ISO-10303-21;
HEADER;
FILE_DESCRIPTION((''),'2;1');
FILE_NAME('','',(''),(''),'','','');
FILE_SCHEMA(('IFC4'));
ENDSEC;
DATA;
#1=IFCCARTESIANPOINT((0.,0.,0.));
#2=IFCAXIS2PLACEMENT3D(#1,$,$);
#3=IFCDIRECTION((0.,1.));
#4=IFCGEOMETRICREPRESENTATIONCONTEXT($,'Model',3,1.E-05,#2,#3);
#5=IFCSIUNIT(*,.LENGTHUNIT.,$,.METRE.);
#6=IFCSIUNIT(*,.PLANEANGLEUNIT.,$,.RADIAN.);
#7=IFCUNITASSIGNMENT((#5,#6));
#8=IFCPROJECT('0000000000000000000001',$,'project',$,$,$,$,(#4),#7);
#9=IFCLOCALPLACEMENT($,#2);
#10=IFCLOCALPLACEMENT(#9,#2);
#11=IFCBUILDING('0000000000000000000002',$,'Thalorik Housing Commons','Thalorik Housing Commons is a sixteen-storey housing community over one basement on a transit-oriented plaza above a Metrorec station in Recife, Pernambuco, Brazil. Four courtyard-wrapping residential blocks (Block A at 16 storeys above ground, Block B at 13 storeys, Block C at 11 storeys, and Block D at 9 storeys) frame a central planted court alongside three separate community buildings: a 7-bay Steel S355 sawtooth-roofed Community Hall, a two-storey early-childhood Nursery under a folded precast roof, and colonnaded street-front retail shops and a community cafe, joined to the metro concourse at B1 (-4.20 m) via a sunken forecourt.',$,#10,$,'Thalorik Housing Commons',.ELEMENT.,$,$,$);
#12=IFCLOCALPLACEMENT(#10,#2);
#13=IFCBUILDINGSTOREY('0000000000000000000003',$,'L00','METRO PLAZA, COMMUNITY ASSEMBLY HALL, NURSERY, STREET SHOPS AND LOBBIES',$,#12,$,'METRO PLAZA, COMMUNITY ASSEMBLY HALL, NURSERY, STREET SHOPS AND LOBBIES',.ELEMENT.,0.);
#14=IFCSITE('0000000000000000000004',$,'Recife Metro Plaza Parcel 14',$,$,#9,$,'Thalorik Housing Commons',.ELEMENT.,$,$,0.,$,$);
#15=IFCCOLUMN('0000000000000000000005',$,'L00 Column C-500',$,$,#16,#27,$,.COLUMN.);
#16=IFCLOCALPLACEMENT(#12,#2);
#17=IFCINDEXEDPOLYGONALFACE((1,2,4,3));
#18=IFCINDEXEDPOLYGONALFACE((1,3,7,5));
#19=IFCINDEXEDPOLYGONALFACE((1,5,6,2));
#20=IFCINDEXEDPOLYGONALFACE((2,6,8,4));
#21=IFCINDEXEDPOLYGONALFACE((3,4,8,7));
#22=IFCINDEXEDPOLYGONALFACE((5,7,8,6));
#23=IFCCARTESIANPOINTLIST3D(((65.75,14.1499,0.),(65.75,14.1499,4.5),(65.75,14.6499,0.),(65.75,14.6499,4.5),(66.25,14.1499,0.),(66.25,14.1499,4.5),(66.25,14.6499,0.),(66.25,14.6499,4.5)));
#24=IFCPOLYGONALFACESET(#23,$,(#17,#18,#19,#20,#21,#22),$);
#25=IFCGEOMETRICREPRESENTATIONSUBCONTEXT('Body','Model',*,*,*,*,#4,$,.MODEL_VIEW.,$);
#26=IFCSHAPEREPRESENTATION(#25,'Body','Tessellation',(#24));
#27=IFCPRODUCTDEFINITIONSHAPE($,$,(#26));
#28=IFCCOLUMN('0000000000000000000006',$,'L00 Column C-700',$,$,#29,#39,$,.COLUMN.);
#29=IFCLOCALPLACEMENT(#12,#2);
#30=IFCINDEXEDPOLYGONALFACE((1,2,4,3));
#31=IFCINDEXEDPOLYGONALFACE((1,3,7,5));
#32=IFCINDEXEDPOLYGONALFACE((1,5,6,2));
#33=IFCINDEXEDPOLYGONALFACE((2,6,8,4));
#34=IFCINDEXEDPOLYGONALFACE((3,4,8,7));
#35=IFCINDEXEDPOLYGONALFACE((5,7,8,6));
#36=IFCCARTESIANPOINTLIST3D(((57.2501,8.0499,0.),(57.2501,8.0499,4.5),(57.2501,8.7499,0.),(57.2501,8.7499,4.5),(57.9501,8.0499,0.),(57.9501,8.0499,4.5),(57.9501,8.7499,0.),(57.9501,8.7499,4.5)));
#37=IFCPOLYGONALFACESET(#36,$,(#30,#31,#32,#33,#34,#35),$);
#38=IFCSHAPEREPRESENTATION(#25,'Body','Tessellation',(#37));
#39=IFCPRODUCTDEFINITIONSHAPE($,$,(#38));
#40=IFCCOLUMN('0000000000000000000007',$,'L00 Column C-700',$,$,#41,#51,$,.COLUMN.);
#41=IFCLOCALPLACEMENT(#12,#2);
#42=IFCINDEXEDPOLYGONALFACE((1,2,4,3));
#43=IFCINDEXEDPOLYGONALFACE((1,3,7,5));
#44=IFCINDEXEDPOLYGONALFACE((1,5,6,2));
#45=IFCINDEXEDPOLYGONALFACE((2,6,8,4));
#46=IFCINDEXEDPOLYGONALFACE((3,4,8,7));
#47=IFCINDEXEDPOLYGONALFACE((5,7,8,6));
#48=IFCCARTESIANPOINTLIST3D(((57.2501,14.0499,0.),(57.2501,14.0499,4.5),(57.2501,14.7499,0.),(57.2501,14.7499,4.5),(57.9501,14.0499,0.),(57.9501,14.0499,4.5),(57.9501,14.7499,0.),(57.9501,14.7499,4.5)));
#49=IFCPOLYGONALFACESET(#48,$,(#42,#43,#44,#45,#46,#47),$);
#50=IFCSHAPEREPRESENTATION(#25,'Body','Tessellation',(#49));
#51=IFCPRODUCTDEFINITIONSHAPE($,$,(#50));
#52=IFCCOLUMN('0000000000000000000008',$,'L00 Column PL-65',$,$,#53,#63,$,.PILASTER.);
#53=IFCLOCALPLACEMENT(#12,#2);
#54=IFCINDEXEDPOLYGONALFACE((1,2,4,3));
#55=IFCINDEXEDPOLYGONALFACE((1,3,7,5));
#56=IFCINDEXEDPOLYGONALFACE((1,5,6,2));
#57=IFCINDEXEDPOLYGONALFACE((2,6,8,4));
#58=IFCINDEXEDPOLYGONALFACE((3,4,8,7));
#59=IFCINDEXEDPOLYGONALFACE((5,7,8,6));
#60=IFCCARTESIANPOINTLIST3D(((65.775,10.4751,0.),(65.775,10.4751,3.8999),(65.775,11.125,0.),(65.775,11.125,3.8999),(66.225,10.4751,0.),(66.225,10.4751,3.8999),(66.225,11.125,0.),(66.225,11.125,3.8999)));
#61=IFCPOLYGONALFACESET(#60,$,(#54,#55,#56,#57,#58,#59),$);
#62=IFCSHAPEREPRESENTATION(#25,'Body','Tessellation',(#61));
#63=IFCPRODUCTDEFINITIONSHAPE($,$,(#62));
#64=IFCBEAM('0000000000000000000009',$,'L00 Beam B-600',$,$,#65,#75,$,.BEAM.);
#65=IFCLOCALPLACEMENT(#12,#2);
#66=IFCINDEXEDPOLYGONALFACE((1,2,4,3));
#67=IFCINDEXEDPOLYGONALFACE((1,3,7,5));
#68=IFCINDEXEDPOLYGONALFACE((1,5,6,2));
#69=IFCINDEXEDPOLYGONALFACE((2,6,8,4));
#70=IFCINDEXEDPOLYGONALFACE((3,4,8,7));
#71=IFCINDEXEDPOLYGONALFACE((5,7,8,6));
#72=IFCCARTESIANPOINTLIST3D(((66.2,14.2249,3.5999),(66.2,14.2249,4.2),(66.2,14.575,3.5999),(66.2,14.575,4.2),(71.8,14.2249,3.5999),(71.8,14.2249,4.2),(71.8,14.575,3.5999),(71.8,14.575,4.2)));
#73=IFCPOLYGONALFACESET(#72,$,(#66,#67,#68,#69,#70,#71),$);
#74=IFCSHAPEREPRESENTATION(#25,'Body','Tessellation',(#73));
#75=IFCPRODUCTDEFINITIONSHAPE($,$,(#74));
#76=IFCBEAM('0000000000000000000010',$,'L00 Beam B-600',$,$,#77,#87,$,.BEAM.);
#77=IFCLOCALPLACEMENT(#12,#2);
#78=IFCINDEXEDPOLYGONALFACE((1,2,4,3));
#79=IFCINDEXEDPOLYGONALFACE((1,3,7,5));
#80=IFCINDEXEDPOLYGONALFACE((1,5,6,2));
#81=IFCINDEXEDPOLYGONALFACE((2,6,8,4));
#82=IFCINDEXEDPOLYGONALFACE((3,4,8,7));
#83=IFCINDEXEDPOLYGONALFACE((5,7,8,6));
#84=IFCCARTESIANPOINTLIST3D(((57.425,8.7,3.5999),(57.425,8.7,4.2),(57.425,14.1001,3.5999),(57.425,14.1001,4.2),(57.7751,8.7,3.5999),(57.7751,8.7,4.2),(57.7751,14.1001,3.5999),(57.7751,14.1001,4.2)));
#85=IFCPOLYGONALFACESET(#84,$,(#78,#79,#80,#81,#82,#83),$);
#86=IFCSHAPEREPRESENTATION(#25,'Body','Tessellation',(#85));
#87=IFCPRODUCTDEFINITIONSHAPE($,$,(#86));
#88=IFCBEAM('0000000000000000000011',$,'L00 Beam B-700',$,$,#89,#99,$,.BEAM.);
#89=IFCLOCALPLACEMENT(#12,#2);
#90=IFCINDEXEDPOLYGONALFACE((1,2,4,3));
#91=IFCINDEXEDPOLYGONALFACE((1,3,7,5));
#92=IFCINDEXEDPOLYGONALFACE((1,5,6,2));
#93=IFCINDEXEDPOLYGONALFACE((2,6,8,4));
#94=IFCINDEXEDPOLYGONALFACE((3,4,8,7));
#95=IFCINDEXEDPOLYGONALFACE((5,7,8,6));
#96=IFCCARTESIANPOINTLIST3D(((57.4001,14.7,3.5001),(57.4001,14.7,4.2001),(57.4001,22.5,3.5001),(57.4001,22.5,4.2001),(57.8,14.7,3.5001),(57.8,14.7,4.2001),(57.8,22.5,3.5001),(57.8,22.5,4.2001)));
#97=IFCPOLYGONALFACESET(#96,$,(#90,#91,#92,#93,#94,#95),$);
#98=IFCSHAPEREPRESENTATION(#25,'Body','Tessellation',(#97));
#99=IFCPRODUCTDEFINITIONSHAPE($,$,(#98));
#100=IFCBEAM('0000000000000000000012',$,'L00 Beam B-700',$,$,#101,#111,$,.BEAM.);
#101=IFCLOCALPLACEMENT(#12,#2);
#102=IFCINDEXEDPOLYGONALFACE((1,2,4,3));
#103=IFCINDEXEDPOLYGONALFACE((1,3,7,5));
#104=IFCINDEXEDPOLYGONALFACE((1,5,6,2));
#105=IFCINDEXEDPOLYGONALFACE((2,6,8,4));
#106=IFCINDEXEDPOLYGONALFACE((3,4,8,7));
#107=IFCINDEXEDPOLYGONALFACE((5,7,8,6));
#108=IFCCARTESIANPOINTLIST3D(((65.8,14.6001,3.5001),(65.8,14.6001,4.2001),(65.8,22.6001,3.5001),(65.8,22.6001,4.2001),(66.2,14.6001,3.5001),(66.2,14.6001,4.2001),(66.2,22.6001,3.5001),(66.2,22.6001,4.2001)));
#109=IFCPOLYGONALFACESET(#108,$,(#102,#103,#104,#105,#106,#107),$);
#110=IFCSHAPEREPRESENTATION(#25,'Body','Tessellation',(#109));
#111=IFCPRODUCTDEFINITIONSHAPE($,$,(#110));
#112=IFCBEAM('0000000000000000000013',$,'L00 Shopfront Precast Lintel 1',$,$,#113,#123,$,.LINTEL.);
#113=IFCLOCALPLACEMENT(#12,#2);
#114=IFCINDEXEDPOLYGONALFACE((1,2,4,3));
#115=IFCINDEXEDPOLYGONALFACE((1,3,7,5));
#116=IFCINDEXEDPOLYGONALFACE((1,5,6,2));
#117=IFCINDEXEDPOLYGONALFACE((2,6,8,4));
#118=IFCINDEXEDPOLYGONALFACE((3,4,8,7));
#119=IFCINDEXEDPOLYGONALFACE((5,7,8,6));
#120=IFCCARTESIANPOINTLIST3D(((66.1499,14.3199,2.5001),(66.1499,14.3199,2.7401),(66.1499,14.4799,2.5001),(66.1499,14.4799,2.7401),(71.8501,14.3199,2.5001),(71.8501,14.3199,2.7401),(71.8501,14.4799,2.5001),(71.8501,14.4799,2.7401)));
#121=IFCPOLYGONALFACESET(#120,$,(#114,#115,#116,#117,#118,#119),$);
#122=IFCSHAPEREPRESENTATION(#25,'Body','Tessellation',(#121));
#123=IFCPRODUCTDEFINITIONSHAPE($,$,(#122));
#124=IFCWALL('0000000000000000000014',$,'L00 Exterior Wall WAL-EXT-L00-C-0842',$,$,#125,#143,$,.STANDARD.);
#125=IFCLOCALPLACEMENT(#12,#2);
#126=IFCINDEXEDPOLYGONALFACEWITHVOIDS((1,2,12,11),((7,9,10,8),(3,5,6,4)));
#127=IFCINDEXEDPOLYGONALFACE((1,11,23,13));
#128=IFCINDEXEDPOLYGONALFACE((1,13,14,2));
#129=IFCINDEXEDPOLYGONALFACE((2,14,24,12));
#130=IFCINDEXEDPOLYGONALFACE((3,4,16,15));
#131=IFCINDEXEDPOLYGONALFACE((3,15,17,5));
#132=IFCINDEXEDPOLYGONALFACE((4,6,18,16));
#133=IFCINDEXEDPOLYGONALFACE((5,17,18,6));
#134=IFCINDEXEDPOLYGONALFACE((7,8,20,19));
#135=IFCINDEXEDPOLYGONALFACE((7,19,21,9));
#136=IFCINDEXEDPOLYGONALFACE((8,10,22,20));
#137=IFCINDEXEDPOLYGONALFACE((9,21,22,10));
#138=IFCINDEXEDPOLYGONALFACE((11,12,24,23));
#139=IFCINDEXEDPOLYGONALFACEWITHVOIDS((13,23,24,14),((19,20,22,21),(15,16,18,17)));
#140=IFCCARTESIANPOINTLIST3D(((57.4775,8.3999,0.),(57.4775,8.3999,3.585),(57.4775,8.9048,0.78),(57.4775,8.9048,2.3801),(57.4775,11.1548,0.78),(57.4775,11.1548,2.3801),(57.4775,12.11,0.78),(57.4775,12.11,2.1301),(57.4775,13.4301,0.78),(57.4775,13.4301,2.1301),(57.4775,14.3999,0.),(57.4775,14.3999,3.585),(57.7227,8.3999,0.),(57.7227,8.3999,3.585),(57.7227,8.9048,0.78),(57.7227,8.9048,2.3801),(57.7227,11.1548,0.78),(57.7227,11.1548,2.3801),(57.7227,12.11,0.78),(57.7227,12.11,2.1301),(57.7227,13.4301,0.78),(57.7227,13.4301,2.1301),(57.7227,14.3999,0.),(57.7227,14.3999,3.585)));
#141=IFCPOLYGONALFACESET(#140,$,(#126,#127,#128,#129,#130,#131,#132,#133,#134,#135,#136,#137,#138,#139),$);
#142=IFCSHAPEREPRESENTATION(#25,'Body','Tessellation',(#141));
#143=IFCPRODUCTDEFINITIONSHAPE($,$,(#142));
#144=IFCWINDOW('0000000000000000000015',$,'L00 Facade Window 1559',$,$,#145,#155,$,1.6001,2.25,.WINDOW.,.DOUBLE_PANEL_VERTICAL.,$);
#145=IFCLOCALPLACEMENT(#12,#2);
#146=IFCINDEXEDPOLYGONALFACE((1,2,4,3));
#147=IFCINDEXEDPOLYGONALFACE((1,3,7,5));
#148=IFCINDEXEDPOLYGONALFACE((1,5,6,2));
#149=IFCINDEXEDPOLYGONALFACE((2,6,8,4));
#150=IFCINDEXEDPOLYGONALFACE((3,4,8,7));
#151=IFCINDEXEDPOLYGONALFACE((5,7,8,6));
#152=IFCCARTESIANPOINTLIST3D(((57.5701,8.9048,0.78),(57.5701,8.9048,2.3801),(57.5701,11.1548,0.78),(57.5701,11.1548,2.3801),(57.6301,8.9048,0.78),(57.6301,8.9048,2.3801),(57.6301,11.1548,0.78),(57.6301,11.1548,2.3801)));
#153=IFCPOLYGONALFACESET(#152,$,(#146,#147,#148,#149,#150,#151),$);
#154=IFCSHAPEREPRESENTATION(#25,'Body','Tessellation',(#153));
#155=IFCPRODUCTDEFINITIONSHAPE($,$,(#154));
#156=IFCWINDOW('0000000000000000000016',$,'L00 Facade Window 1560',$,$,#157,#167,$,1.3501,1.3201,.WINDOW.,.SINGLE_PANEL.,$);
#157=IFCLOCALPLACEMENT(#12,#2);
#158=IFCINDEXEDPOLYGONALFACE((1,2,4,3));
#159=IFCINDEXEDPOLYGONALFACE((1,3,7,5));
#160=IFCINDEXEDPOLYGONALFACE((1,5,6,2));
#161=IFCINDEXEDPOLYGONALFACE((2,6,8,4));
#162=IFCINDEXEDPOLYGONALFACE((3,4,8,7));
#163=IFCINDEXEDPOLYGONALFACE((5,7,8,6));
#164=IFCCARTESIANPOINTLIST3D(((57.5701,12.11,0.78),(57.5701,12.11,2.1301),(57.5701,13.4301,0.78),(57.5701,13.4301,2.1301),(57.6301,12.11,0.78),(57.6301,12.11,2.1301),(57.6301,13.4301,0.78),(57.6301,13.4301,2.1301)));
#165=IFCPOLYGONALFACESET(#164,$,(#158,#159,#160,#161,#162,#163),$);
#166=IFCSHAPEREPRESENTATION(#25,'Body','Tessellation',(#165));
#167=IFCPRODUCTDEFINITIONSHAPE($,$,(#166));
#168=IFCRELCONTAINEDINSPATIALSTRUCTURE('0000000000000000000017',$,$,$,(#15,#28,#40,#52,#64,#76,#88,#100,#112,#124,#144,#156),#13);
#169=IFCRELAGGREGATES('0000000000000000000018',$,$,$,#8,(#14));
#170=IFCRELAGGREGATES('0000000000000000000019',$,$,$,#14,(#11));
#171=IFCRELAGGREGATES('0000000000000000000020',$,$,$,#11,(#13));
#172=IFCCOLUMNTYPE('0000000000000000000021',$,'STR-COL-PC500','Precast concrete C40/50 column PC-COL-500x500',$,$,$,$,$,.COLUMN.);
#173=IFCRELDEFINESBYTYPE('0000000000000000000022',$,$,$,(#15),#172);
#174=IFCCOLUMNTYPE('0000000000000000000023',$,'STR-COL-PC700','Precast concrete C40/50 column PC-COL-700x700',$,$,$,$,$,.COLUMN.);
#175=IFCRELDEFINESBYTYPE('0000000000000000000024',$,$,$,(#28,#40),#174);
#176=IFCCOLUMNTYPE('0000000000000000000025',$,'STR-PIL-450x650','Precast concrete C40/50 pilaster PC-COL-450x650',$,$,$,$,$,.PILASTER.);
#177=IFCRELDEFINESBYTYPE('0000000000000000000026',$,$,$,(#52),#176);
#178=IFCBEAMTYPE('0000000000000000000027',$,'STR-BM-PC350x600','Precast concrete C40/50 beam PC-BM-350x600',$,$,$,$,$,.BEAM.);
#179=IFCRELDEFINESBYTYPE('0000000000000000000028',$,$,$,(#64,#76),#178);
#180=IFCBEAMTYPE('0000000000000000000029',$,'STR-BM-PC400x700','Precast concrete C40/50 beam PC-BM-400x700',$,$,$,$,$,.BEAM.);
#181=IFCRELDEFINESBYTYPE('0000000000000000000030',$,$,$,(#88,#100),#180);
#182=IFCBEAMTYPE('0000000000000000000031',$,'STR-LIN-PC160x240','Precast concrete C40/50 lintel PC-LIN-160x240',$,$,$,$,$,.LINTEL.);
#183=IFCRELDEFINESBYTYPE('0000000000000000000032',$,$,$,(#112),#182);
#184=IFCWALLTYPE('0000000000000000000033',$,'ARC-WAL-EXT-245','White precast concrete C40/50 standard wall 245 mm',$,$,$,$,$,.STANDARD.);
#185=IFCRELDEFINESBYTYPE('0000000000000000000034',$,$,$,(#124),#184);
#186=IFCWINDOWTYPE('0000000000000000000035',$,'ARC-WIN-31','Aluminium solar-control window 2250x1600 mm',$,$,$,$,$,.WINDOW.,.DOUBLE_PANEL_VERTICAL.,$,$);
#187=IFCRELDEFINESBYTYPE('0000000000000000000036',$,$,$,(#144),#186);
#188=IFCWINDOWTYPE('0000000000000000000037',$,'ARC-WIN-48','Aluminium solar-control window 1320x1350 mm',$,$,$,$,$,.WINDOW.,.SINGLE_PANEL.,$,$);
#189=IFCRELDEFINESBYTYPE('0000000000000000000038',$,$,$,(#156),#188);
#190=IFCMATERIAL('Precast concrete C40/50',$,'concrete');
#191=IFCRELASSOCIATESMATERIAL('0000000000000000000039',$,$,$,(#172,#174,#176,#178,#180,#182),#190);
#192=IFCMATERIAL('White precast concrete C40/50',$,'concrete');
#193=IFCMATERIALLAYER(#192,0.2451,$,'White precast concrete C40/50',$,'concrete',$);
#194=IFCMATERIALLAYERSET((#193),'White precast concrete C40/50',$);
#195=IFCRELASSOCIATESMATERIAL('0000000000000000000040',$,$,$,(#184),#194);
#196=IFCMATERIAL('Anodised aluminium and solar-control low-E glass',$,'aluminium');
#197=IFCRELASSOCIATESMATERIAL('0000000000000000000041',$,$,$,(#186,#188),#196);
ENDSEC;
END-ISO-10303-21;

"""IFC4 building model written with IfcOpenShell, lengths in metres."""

from ifc_helpers import new_model, si_unit, direction, frame, frame_2d, origin, origin_2d, place, context, subcontext, project, spatial, rectangle, extrude, material, layer, layer_set, material_profile, profile_set, type_object, element, fill, save


model = new_model("IFC4")

# Units and contexts
model_context = context("Model", 3, precision=1e-05, world=origin(), true_north=direction((0.0, 1.0)))
body_context = subcontext(model_context, "Body", "Model", "MODEL_VIEW")
ifc_project = project(units=[si_unit("LENGTHUNIT", "METRE"), si_unit("PLANEANGLEUNIT", "RADIAN")], contexts=[model_context])

# Site, building, storey
site_placement = place(None, origin())
site = spatial("IfcSite", under=ifc_project, at=site_placement, Name="Recife Metro Plaza Parcel 14", LongName="Thalorik Housing Commons", CompositionType="ELEMENT", RefElevation=0.0)
building_placement = place(site_placement, origin())
building = spatial("IfcBuilding", under=site, at=building_placement, Name="Thalorik Housing Commons", Description="Thalorik Housing Commons is a sixteen-storey housing community over one basement on a transit-oriented plaza above a Metrorec station in Recife, Pernambuco, Brazil. Four courtyard-wrapping residential blocks (Block A at 16 storeys above ground, Block B at 13 storeys, Block C at 11 storeys, and Block D at 9 storeys) frame a central planted court alongside three separate community buildings: a 7-bay Steel S355 sawtooth-roofed Community Hall, a two-storey early-childhood Nursery under a folded precast roof, and colonnaded street-front retail shops and a community cafe, joined to the metro concourse at B1 (-4.20 m) via a sunken forecourt.", LongName="Thalorik Housing Commons", CompositionType="ELEMENT")
storey_placement = place(building_placement, origin())
storey = spatial("IfcBuildingStorey", under=building, at=storey_placement, Name="L00", Description="METRO PLAZA, COMMUNITY ASSEMBLY HALL, NURSERY, STREET SHOPS AND LOBBIES", LongName="METRO PLAZA, COMMUNITY ASSEMBLY HALL, NURSERY, STREET SHOPS AND LOBBIES", CompositionType="ELEMENT", Elevation=0.0)

# Columns
ifc_material_1 = material(Name="Precast concrete C40/50", Category="concrete")
ifc_material_profile_1 = material_profile(ifc_material_1, rectangle(XDim=0.5, YDim=0.5, at=origin_2d()), Name="PC 500x500", Category="concrete")
ifc_profile_set_1 = profile_set([ifc_material_profile_1], Name="Precast concrete C40/50")
column_type_1 = type_object("IfcColumnType", Name="STR-COL-PC500", Description="Precast concrete C40/50 column PC-COL-500x500", PredefinedType="COLUMN", material=ifc_profile_set_1)
column_1_placement = place(storey_placement, frame((66.0, 14.3999, 0.0), z_axis=(0.0, 0.0, 1.0), x_axis=(1.0, 0.0, 0.0)))
element("IfcColumn", 1, at=column_1_placement, inside=storey, type_object=column_type_1, Name="L00 Column C-500", PredefinedType="COLUMN", context=body_context, shape_type="SweptSolid", body=[
    extrude(rectangle(XDim=0.5, YDim=0.5, at=origin_2d()), origin(), (0.0, 0.0, 1.0), 4.5),
])
ifc_material_profile_2 = material_profile(ifc_material_1, rectangle(XDim=0.7, YDim=0.7, at=origin_2d()), Name="PC 700x700", Category="concrete")
ifc_profile_set_2 = profile_set([ifc_material_profile_2], Name="Precast concrete C40/50")
column_type_2 = type_object("IfcColumnType", Name="STR-COL-PC700", Description="Precast concrete C40/50 column PC-COL-700x700", PredefinedType="COLUMN", material=ifc_profile_set_2)
for number, where, z_axis, x_axis, name in (
    (2, (57.6001, 8.3999, 0.0), (0.0, 0.0, 1.0), (1.0, 0.0, 0.0), "L00 Column C-700"),
    (3, (57.6001, 14.3999, 0.0), (0.0, 0.0, 1.0), (1.0, 0.0, 0.0), "L00 Column C-700"),
):
    element("IfcColumn", number, at=place(storey_placement, frame(where, z_axis=z_axis, x_axis=x_axis)), inside=storey, type_object=column_type_2, Name=name, PredefinedType="COLUMN", context=body_context, shape_type="SweptSolid", body=[
        extrude(rectangle(XDim=0.7, YDim=0.7, at=origin_2d()), origin(), (0.0, 0.0, 1.0), 4.5),
    ])
ifc_material_profile_3 = material_profile(ifc_material_1, rectangle(XDim=0.45, YDim=0.6499, at=origin_2d()), Name="PC 450x650", Category="concrete")
ifc_profile_set_3 = profile_set([ifc_material_profile_3], Name="Precast concrete C40/50")
column_type_3 = type_object("IfcColumnType", Name="STR-PIL-450x650", Description="Precast concrete C40/50 pilaster PC-COL-450x650", PredefinedType="PILASTER", material=ifc_profile_set_3)
column_2_placement = place(storey_placement, frame((66.0, 10.8, 0.0), z_axis=(0.0, 0.0, 1.0), x_axis=(1.0, 0.0, 0.0)))
element("IfcColumn", 4, at=column_2_placement, inside=storey, type_object=column_type_3, Name="L00 Column PL-65", PredefinedType="PILASTER", context=body_context, shape_type="SweptSolid", body=[
    extrude(rectangle(XDim=0.45, YDim=0.6499, at=origin_2d()), origin(), (0.0, 0.0, 1.0), 3.8999),
])

# Beams
ifc_material_profile_4 = material_profile(ifc_material_1, rectangle(XDim=0.3501, YDim=0.6001, at=origin_2d()), Name="PC 350x600", Category="concrete")
ifc_profile_set_4 = profile_set([ifc_material_profile_4], Name="Precast concrete C40/50")
beam_type_1 = type_object("IfcBeamType", Name="STR-BM-PC350x600", Description="Precast concrete C40/50 beam PC-BM-350x600", PredefinedType="BEAM", material=ifc_profile_set_4)
beam_1_placement = place(storey_placement, frame((66.2, 14.3999, 3.8999), z_axis=(1.0, 0.0, 0.0), x_axis=(0.0, 1.0, 0.0)))
element("IfcBeam", 5, at=beam_1_placement, inside=storey, type_object=beam_type_1, Name="L00 Beam B-600", PredefinedType="BEAM", context=body_context, shape_type="SweptSolid", body=[
    extrude(rectangle(XDim=0.3501, YDim=0.6001, at=origin_2d()), origin(), (0.0, 0.0, 1.0), 5.6001),
])
beam_2_placement = place(storey_placement, frame((57.6001, 8.7, 3.8999), z_axis=(0.0, 1.0, 0.0), x_axis=(-1.0, 0.0, 0.0)))
element("IfcBeam", 6, at=beam_2_placement, inside=storey, type_object=beam_type_1, Name="L00 Beam B-600", PredefinedType="BEAM", context=body_context, shape_type="SweptSolid", body=[
    extrude(rectangle(XDim=0.3501, YDim=0.6001, at=origin_2d()), origin(), (0.0, 0.0, 1.0), 5.4001),
])
ifc_material_profile_5 = material_profile(ifc_material_1, rectangle(XDim=0.3999, YDim=0.7, at=origin_2d()), Name="PC 400x700", Category="concrete")
ifc_profile_set_5 = profile_set([ifc_material_profile_5], Name="Precast concrete C40/50")
beam_type_2 = type_object("IfcBeamType", Name="STR-BM-PC400x700", Description="Precast concrete C40/50 beam PC-BM-400x700", PredefinedType="BEAM", material=ifc_profile_set_5)
beam_3_placement = place(storey_placement, frame((57.6001, 14.7, 3.8501), z_axis=(0.0, 1.0, 0.0), x_axis=(-1.0, 0.0, 0.0)))
element("IfcBeam", 7, at=beam_3_placement, inside=storey, type_object=beam_type_2, Name="L00 Beam B-700", PredefinedType="BEAM", context=body_context, shape_type="SweptSolid", body=[
    extrude(rectangle(XDim=0.3999, YDim=0.7, at=origin_2d()), origin(), (0.0, 0.0, 1.0), 7.8),
])
beam_4_placement = place(storey_placement, frame((66.0, 14.6001, 3.8501), z_axis=(0.0, 1.0, 0.0), x_axis=(-1.0, 0.0, 0.0)))
element("IfcBeam", 8, at=beam_4_placement, inside=storey, type_object=beam_type_2, Name="L00 Beam B-700", PredefinedType="BEAM", context=body_context, shape_type="SweptSolid", body=[
    extrude(rectangle(XDim=0.3999, YDim=0.7, at=origin_2d()), origin(), (0.0, 0.0, 1.0), 8.0),
])
ifc_material_profile_6 = material_profile(ifc_material_1, rectangle(XDim=0.1599, YDim=0.24, at=origin_2d()), Name="PC LIN 160x240", Category="concrete")
ifc_profile_set_6 = profile_set([ifc_material_profile_6], Name="Precast concrete C40/50")
beam_type_3 = type_object("IfcBeamType", Name="STR-LIN-PC160x240", Description="Precast concrete C40/50 lintel PC-LIN-160x240", PredefinedType="LINTEL", material=ifc_profile_set_6)
beam_5_placement = place(storey_placement, frame((66.1499, 14.3999, 2.6201), z_axis=(1.0, 0.0, 0.0), x_axis=(0.0, 1.0, 0.0)))
element("IfcBeam", 9, at=beam_5_placement, inside=storey, type_object=beam_type_3, Name="L00 Shopfront Precast Lintel 1", PredefinedType="LINTEL", context=body_context, shape_type="SweptSolid", body=[
    extrude(rectangle(XDim=0.1599, YDim=0.24, at=origin_2d()), origin(), (0.0, 0.0, 1.0), 5.7002),
])

# Wall, openings, windows
ifc_material_2 = material(Name="White precast concrete C40/50", Category="concrete")
ifc_layer_1 = layer(ifc_material_2, 0.2451, Name="White precast concrete C40/50", Category="concrete")
ifc_layer_set_1 = layer_set([ifc_layer_1], Name="White precast concrete C40/50")
wall_type_1 = type_object("IfcWallType", Name="ARC-WAL-EXT-245", Description="White precast concrete C40/50 standard wall 245 mm", PredefinedType="STANDARD", material=ifc_layer_set_1)
wall_1_placement = place(storey_placement, frame((57.6001, 8.3999, 0.0), z_axis=(0.0, 0.0, 1.0), x_axis=(0.0, 1.0, 0.0)))
wall_1 = element("IfcWall", 10, at=wall_1_placement, inside=storey, type_object=wall_type_1, Name="L00 Exterior Wall WAL-EXT-L00-C-0842", PredefinedType="STANDARD", context=body_context, shape_type="SweptSolid", body=[
    extrude(rectangle(XDim=6.0, YDim=0.2451, at=frame_2d((3.0, 0.0))), origin(), (0.0, 0.0, 1.0), 3.585),
])
opening_1_placement = place(wall_1_placement, frame((0.5049, 0.0, 0.78)))
opening_1 = element("IfcOpeningElement", 11, at=opening_1_placement, cuts=wall_1, PredefinedType="OPENING", context=body_context, shape_type="SweptSolid", body=[
    extrude(rectangle(XDim=2.25, YDim=1.6001, at=frame_2d((1.125, 0.8))), frame((0.0, 0.1326, 0.0), z_axis=(0.0, -1.0, 0.0), x_axis=(1.0, 0.0, 0.0)), (0.0, 0.0, 1.0), 0.2651),
])
opening_2_placement = place(wall_1_placement, frame((3.71, 0.0, 0.78)))
opening_2 = element("IfcOpeningElement", 12, at=opening_2_placement, cuts=wall_1, PredefinedType="OPENING", context=body_context, shape_type="SweptSolid", body=[
    extrude(rectangle(XDim=1.3201, YDim=1.3501, at=frame_2d((0.6602, 0.675))), frame((0.0, 0.1326, 0.0), z_axis=(0.0, -1.0, 0.0), x_axis=(1.0, 0.0, 0.0)), (0.0, 0.0, 1.0), 0.2651),
])
ifc_material_3 = material(Name="Anodised aluminium and solar-control low-E glass", Category="aluminium")
window_type_1 = type_object("IfcWindowType", Name="ARC-WIN-31", Description="Aluminium solar-control window 2250x1600 mm", PartitioningType="DOUBLE_PANEL_VERTICAL", PredefinedType="WINDOW", material=ifc_material_3)
window_1_placement = place(opening_1_placement, origin())
window_1 = element("IfcWindow", 13, at=window_1_placement, inside=storey, type_object=window_type_1, Name="L00 Facade Window 1559", OverallHeight=1.6001, OverallWidth=2.25, PartitioningType="DOUBLE_PANEL_VERTICAL", PredefinedType="WINDOW", context=body_context, shape_type="SweptSolid", body=[
    extrude(rectangle(XDim=2.25, YDim=1.6001, at=frame_2d((1.125, 0.8))), frame((0.0, 0.03, 0.0), z_axis=(0.0, -1.0, 0.0), x_axis=(1.0, 0.0, 0.0)), (0.0, 0.0, 1.0), 0.0601),
])
fill(opening_1, window_1)
window_type_2 = type_object("IfcWindowType", Name="ARC-WIN-48", Description="Aluminium solar-control window 1320x1350 mm", PartitioningType="SINGLE_PANEL", PredefinedType="WINDOW", material=ifc_material_3)
window_2_placement = place(opening_2_placement, origin())
window_2 = element("IfcWindow", 14, at=window_2_placement, inside=storey, type_object=window_type_2, Name="L00 Facade Window 1560", OverallHeight=1.3501, OverallWidth=1.3201, PartitioningType="SINGLE_PANEL", PredefinedType="WINDOW", context=body_context, shape_type="SweptSolid", body=[
    extrude(rectangle(XDim=1.3201, YDim=1.3501, at=frame_2d((0.6602, 0.675))), frame((0.0, 0.03, 0.0), z_axis=(0.0, -1.0, 0.0), x_axis=(1.0, 0.0, 0.0)), (0.0, 0.0, 1.0), 0.0601),
])
fill(opening_2, window_2)

save(model, "model.ifc")
